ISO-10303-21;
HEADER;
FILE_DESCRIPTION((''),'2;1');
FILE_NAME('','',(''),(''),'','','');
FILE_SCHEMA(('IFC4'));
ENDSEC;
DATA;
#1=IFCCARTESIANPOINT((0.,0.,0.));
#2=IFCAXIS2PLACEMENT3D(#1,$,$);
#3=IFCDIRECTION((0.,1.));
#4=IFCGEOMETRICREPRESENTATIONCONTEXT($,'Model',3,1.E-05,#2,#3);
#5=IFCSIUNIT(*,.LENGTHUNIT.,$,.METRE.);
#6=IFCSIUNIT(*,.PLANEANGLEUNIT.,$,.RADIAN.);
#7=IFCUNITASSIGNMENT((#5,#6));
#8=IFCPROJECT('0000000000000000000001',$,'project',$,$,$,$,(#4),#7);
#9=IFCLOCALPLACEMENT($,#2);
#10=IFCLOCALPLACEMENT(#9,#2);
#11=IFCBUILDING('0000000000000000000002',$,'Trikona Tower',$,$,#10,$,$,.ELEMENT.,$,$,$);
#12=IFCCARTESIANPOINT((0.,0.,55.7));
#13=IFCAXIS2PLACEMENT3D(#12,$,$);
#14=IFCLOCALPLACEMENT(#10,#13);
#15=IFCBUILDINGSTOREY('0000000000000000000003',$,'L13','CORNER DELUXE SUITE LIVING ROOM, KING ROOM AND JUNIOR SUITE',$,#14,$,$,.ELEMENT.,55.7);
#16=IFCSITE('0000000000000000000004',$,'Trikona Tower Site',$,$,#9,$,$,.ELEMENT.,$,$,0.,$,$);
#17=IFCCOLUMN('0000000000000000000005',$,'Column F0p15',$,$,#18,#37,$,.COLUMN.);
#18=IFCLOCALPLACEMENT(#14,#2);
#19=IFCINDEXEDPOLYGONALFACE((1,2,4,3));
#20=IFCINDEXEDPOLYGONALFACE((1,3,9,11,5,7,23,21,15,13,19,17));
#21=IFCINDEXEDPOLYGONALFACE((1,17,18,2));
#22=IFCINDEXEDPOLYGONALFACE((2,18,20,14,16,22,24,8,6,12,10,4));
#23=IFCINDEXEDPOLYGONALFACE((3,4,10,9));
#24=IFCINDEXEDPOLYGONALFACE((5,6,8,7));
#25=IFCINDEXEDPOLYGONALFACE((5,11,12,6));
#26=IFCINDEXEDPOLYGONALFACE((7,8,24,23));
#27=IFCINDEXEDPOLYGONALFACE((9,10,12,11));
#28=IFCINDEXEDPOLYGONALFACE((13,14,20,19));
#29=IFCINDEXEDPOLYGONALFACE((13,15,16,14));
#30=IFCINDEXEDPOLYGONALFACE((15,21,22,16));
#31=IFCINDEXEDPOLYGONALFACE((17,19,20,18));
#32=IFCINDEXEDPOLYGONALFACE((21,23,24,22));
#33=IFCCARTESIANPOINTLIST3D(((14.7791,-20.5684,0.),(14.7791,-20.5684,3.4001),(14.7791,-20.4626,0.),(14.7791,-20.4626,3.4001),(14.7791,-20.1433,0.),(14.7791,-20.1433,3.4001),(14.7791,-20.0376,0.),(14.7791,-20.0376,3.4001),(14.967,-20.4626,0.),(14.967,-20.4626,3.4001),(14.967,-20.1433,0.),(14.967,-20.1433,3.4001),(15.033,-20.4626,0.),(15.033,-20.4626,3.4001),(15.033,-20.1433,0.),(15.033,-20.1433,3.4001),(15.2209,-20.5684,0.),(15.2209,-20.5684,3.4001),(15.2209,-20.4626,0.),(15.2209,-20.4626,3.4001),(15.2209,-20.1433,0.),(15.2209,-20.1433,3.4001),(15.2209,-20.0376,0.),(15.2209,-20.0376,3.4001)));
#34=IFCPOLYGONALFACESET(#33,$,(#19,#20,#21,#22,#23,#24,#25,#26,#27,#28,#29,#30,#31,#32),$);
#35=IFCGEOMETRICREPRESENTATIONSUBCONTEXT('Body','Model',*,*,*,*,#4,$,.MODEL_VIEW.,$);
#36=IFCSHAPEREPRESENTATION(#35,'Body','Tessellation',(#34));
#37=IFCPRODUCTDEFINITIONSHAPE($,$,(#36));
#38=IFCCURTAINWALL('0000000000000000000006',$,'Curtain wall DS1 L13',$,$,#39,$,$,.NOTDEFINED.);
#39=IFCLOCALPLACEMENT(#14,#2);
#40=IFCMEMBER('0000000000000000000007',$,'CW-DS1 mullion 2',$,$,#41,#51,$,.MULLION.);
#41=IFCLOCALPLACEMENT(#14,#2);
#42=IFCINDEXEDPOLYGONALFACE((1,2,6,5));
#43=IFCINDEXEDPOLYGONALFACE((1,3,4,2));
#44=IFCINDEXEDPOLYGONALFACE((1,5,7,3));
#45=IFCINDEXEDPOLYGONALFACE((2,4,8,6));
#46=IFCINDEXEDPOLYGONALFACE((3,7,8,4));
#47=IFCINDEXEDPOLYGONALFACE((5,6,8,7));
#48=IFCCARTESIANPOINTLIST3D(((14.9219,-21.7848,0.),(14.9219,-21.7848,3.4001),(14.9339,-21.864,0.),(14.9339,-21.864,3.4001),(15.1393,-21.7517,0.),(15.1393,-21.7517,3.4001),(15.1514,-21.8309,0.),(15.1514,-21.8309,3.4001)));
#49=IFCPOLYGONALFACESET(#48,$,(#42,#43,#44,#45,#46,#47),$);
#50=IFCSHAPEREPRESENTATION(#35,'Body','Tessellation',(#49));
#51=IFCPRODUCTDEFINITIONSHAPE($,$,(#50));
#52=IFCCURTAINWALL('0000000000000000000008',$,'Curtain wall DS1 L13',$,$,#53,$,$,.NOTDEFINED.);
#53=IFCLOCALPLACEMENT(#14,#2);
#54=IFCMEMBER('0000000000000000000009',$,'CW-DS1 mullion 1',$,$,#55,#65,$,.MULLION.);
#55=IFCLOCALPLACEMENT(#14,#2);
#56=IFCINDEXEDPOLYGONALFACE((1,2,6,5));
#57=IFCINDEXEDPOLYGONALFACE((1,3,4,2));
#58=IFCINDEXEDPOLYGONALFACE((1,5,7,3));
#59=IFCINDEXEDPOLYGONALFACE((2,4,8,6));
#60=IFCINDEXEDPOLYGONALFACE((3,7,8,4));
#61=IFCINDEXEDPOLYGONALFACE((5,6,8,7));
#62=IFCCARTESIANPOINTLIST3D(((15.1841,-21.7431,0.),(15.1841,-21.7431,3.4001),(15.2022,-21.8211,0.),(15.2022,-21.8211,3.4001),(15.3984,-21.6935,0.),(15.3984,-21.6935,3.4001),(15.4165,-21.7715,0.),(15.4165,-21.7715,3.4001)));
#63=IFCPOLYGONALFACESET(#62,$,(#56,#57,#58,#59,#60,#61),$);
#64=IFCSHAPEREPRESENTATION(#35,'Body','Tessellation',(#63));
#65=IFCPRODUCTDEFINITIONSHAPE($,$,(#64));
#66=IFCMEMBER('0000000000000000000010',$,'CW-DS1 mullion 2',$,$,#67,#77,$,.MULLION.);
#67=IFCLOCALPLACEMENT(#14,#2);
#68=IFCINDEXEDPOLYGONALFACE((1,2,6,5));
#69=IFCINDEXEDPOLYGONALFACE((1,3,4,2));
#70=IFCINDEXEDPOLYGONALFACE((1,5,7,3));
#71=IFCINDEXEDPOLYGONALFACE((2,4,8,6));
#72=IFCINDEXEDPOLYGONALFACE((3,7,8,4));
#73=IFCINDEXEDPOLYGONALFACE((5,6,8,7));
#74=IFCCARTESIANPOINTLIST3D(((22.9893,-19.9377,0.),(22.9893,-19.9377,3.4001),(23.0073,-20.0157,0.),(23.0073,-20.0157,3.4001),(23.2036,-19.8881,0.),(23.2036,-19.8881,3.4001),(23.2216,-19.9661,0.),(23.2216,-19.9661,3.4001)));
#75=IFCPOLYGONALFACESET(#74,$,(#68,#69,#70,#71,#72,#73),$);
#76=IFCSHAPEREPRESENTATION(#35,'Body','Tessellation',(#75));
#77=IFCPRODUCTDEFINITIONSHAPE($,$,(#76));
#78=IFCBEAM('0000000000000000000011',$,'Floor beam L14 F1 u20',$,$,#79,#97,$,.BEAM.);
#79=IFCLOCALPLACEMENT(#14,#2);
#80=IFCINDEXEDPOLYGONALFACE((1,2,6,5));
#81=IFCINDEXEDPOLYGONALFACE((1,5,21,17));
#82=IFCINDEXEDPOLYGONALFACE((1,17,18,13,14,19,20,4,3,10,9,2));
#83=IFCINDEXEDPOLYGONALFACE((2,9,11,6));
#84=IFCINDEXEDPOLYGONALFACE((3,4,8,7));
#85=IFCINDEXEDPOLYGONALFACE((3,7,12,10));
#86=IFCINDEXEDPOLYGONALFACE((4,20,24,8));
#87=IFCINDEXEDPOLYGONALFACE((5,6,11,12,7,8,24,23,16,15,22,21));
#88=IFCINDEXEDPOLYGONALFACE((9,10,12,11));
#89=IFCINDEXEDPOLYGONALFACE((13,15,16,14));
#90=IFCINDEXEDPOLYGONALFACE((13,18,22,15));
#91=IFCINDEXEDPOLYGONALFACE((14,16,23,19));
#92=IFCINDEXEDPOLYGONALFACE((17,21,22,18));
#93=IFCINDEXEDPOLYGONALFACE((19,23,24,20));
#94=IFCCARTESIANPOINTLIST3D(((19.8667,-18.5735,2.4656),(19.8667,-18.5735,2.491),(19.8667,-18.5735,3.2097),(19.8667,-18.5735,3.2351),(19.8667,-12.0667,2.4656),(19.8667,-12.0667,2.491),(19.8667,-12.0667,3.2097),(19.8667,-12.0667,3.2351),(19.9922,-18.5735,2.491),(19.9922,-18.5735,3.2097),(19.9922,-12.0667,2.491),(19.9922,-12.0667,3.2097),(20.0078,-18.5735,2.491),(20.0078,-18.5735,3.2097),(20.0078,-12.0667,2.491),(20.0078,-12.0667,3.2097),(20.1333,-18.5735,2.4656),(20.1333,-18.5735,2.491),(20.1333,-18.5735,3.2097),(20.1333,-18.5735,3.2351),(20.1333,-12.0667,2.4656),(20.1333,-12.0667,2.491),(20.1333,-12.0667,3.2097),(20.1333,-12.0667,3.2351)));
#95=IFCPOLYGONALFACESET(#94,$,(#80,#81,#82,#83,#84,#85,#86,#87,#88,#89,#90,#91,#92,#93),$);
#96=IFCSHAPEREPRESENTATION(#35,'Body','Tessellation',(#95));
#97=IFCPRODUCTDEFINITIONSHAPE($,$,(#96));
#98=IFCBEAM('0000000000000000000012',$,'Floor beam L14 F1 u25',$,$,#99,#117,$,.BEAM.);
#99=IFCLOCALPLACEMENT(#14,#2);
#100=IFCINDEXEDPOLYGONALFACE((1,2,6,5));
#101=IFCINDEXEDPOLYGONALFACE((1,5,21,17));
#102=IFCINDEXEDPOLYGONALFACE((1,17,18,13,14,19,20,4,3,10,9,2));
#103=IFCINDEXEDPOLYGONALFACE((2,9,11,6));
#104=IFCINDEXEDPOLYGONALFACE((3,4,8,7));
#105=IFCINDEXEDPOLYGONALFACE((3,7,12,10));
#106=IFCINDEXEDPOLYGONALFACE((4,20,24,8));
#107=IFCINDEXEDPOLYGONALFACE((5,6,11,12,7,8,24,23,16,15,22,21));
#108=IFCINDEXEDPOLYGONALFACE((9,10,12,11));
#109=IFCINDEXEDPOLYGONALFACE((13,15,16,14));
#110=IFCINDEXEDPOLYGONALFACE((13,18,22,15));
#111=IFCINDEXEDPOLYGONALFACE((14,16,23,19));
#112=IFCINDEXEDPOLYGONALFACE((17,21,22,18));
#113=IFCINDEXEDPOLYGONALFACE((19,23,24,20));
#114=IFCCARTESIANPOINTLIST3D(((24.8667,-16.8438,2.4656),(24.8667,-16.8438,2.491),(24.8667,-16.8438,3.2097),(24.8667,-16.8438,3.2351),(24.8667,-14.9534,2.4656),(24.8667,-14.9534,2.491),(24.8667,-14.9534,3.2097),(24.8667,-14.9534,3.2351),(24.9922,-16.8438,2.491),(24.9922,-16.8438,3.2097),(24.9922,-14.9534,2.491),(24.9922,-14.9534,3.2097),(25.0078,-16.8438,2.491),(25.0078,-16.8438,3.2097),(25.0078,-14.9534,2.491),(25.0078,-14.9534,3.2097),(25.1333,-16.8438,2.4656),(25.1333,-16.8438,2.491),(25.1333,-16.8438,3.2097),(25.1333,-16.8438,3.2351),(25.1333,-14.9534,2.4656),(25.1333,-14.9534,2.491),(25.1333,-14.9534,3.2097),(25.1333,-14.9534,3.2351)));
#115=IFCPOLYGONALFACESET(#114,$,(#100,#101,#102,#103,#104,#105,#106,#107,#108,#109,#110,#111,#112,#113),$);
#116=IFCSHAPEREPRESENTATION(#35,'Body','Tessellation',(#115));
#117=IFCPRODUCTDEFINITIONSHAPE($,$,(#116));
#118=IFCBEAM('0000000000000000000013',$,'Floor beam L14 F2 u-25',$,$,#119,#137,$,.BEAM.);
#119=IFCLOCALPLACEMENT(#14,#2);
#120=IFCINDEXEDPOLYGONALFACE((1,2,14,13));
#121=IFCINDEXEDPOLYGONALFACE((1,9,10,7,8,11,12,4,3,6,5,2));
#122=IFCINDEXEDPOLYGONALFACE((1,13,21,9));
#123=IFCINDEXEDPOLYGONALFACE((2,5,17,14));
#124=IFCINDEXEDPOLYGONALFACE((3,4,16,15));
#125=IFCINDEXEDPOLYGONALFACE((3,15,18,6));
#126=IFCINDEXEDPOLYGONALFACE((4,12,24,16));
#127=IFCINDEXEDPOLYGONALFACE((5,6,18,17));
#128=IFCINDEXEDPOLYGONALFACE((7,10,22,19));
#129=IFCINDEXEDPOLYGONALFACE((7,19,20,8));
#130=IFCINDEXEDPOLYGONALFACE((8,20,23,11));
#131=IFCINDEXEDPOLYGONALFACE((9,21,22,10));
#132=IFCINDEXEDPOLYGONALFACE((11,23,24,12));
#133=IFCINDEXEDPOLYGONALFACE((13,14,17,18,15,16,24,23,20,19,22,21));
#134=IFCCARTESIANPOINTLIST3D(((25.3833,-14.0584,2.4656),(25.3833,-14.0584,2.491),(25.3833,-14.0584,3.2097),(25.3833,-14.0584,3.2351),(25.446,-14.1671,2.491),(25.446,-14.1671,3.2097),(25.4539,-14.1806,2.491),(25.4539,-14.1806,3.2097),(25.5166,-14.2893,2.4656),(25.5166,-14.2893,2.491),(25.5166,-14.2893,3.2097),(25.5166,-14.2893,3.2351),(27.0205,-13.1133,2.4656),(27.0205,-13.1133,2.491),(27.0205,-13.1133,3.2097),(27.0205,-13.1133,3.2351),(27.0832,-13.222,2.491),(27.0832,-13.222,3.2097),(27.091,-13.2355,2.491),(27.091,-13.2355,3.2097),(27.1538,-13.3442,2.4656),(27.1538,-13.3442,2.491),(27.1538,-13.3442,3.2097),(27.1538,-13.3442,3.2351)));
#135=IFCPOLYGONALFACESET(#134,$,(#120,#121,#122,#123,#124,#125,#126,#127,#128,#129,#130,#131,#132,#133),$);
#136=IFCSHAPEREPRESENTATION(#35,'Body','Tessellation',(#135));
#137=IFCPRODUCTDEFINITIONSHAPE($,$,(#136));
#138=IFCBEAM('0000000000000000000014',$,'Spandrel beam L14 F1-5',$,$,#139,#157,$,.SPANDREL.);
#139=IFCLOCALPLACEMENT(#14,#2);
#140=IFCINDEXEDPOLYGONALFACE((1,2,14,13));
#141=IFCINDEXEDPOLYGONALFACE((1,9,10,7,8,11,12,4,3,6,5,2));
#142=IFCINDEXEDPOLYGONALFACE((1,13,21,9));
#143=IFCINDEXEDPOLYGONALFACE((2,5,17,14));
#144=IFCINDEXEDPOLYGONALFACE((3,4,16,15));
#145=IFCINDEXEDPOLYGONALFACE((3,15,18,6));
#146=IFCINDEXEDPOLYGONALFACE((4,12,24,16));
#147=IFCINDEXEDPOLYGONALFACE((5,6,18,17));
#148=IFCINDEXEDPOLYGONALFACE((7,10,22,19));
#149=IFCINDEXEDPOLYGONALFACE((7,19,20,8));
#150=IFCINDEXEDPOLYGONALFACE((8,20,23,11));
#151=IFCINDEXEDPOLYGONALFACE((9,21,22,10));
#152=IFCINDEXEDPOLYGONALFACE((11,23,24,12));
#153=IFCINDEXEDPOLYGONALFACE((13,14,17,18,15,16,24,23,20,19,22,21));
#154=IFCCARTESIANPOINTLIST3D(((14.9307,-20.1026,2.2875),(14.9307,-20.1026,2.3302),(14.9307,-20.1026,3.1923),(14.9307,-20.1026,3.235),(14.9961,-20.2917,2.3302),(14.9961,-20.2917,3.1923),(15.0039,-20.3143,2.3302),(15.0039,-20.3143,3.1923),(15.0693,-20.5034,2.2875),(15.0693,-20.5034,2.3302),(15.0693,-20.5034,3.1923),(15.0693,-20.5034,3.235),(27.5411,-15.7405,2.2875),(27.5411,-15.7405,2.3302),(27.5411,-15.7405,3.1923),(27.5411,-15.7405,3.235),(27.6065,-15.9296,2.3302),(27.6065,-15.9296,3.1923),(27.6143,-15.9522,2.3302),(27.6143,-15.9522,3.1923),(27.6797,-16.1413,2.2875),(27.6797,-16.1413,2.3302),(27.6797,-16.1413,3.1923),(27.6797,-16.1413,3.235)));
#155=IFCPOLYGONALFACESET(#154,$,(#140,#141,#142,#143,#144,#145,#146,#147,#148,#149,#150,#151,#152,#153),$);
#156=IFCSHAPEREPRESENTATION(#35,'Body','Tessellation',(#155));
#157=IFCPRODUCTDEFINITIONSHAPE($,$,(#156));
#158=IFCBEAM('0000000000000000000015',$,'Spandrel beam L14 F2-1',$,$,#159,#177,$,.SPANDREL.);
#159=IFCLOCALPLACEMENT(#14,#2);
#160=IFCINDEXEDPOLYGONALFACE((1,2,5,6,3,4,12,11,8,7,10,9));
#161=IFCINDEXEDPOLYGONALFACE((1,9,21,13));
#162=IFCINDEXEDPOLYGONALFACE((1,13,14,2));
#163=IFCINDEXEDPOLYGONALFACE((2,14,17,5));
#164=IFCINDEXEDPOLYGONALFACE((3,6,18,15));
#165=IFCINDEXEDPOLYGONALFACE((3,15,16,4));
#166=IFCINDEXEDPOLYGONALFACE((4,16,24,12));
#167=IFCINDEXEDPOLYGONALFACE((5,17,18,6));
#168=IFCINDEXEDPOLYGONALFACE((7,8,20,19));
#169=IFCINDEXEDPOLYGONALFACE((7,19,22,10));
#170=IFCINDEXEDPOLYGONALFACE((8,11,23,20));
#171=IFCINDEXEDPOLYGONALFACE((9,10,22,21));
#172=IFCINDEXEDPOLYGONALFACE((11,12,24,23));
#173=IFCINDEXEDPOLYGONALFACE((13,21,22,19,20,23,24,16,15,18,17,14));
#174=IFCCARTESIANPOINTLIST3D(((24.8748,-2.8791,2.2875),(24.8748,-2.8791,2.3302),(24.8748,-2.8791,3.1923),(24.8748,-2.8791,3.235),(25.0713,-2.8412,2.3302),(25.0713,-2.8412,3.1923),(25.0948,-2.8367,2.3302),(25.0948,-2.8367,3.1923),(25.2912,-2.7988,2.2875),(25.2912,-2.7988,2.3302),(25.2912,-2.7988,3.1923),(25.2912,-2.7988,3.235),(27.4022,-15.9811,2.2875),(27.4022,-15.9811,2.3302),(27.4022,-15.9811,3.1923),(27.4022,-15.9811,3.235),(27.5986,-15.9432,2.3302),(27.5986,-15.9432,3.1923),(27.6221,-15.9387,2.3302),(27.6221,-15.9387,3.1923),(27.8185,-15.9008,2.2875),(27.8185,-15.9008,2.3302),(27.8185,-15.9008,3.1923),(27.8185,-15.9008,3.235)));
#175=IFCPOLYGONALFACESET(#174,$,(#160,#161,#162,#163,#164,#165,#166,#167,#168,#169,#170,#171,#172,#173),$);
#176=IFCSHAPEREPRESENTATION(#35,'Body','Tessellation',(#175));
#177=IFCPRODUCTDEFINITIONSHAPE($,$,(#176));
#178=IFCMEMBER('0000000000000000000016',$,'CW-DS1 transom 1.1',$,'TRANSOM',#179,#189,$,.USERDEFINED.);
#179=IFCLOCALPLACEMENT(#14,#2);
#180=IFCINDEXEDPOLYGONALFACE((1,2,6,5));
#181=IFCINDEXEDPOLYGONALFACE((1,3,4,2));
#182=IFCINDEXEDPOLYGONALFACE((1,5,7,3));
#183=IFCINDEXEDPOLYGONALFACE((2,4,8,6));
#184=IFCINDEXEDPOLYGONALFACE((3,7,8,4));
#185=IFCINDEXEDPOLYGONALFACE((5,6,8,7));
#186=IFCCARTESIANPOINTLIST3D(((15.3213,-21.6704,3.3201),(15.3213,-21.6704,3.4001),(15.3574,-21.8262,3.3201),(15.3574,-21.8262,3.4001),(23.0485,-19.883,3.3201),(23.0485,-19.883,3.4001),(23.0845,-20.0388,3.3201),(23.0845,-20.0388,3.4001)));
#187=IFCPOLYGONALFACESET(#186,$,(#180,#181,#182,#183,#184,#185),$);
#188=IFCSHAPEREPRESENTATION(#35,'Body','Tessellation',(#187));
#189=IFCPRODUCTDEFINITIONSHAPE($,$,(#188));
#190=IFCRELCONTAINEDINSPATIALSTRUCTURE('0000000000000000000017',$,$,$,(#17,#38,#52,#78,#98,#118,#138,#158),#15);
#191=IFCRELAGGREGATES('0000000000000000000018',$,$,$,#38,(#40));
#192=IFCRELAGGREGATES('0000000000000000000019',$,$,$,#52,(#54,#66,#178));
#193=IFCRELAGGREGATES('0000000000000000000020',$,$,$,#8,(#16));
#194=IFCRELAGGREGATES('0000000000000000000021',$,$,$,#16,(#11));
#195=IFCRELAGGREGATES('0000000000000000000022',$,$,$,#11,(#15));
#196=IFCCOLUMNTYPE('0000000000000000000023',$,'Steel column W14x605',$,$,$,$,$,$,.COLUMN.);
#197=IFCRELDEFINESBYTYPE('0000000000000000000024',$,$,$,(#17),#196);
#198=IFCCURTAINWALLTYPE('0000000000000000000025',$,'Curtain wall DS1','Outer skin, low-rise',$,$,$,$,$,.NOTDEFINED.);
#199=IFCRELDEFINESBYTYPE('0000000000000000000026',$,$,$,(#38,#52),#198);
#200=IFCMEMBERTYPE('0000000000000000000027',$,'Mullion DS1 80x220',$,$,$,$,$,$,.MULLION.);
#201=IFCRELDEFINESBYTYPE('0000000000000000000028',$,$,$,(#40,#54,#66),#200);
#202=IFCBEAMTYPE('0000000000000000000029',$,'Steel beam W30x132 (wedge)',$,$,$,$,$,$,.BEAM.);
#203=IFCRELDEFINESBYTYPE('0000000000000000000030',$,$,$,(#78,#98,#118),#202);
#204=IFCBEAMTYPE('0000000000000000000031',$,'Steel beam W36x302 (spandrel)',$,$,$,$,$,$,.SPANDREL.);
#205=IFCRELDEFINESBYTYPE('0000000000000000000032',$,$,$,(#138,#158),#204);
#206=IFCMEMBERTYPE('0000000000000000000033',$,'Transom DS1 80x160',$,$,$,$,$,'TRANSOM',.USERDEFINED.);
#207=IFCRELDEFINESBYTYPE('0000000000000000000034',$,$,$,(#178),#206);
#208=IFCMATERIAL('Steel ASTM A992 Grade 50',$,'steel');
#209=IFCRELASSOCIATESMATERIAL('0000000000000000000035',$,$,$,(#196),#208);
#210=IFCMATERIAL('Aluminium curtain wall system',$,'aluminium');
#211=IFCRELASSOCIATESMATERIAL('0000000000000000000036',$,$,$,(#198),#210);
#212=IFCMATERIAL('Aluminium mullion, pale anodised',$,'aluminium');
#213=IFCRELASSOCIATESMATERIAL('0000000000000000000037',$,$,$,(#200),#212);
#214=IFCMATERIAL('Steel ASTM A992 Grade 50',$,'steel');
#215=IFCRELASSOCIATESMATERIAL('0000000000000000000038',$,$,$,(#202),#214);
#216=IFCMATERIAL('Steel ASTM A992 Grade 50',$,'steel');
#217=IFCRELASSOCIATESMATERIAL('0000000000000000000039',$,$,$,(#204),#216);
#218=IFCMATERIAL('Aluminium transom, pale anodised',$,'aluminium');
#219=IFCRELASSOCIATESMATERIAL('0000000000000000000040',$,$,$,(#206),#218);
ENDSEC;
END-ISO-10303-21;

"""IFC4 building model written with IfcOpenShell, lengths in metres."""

from ifc_helpers import new_model, si_unit, direction, frame, origin, origin_2d, place, context, subcontext, project, spatial, rectangle, i_section, extrude, material, material_profile, profile_set, type_object, element, aggregate, save


model = new_model("IFC4")

# Units and contexts
model_context = context("Model", 3, precision=1e-05, world=origin(), true_north=direction((0.0, 1.0)))
body_context = subcontext(model_context, "Body", "Model", "MODEL_VIEW")
ifc_project = project(units=[si_unit("LENGTHUNIT", "METRE"), si_unit("PLANEANGLEUNIT", "RADIAN")], contexts=[model_context])

# Site, building, storey
site_placement = place(None, origin())
site = spatial("IfcSite", under=ifc_project, at=site_placement, Name="Trikona Tower Site", CompositionType="ELEMENT", RefElevation=0.0)
building_placement = place(site_placement, origin())
building = spatial("IfcBuilding", under=site, at=building_placement, Name="Trikona Tower", CompositionType="ELEMENT")
storey_placement = place(building_placement, frame((0.0, 0.0, 55.7)))
storey = spatial("IfcBuildingStorey", under=building, at=storey_placement, Name="L13", Description="CORNER DELUXE SUITE LIVING ROOM, KING ROOM AND JUNIOR SUITE", CompositionType="ELEMENT", Elevation=55.7)

# Column
ifc_material_1 = material(Name="Steel ASTM A992 Grade 50", Category="steel")
ifc_material_profile_1 = material_profile(ifc_material_1, i_section(OverallWidth=0.4419, OverallDepth=0.5308, WebThickness=0.0659, FlangeThickness=0.1057, at=origin_2d()), Name="W14X605")
ifc_profile_set_1 = profile_set([ifc_material_profile_1], Name="Steel ASTM A992 Grade 50")
column_type = type_object("IfcColumnType", Name="Steel column W14x605", PredefinedType="COLUMN", material=ifc_profile_set_1)
column_placement = place(storey_placement, frame((15.0, -20.303, 0.0), z_axis=(0.0, 0.0, 1.0), x_axis=(1.0, 0.0, 0.0)))
element("IfcColumn", 1, at=column_placement, inside=storey, type_object=column_type, Name="Column F0p15", PredefinedType="COLUMN", context=body_context, shape_type="SweptSolid", body=[
    extrude(i_section(OverallWidth=0.4419, OverallDepth=0.5308, WebThickness=0.0659, FlangeThickness=0.1057, at=origin_2d()), origin(), (0.0, 0.0, 1.0), 3.4001),
])

# Curtain wall, member
ifc_material_2 = material(Name="Aluminium curtain wall system", Category="aluminium")
curtain_wall_type = type_object("IfcCurtainWallType", Name="Curtain wall DS1", Description="Outer skin, low-rise", PredefinedType="NOTDEFINED", material=ifc_material_2)
curtain_wall_1_placement = place(storey_placement, origin())
curtain_wall_1 = element("IfcCurtainWall", 2, at=curtain_wall_1_placement, inside=storey, type_object=curtain_wall_type, Name="Curtain wall DS1 L13", PredefinedType="NOTDEFINED")
ifc_material_3 = material(Name="Aluminium mullion, pale anodised", Category="aluminium")
ifc_material_profile_2 = material_profile(ifc_material_3, rectangle(XDim=0.0801, YDim=0.22, at=origin_2d()), Name="MUL-DS1")
ifc_profile_set_2 = profile_set([ifc_material_profile_2], Name="Aluminium mullion, pale anodised")
member_type_1 = type_object("IfcMemberType", Name="Mullion DS1 80x220", PredefinedType="MULLION", material=ifc_profile_set_2)
member_1_placement = place(storey_placement, frame((15.0366, -21.8079, 0.0), z_axis=(0.0, 0.0, 1.0), x_axis=(-0.150438, 0.988619, 0.0)))
member_1 = element("IfcMember", 3, at=member_1_placement, type_object=member_type_1, Name="CW-DS1 mullion 2", PredefinedType="MULLION", context=body_context, shape_type="SweptSolid", body=[
    extrude(rectangle(XDim=0.0801, YDim=0.22, at=origin_2d()), origin(), (0.0, 0.0, 1.0), 3.4001),
])
aggregate(curtain_wall_1, [member_1])

# Curtain wall, members
curtain_wall_2_placement = place(storey_placement, origin())
curtain_wall_2 = element("IfcCurtainWall", 4, at=curtain_wall_2_placement, inside=storey, type_object=curtain_wall_type, Name="Curtain wall DS1 L13", PredefinedType="NOTDEFINED")
member_2_placement = place(storey_placement, frame((15.3003, -21.7573, 0.0), z_axis=(0.0, 0.0, 1.0), x_axis=(-0.225343, 0.974279, 0.0)))
member_2 = element("IfcMember", 5, at=member_2_placement, type_object=member_type_1, Name="CW-DS1 mullion 1", PredefinedType="MULLION", context=body_context, shape_type="SweptSolid", body=[
    extrude(rectangle(XDim=0.0801, YDim=0.22, at=origin_2d()), origin(), (0.0, 0.0, 1.0), 3.4001),
])
member_3_placement = place(storey_placement, frame((23.1055, -19.9519, 0.0), z_axis=(0.0, 0.0, 1.0), x_axis=(-0.225343, 0.974279, 0.0)))
member_3 = element("IfcMember", 6, at=member_3_placement, type_object=member_type_1, Name="CW-DS1 mullion 2", PredefinedType="MULLION", context=body_context, shape_type="SweptSolid", body=[
    extrude(rectangle(XDim=0.0801, YDim=0.22, at=origin_2d()), origin(), (0.0, 0.0, 1.0), 3.4001),
])

# Beams
ifc_material_4 = material(Name="Steel ASTM A992 Grade 50", Category="steel")
ifc_material_profile_3 = material_profile(ifc_material_4, i_section(OverallWidth=0.2666, OverallDepth=0.7695, WebThickness=0.0156, FlangeThickness=0.0254, at=origin_2d()), Name="W30X132")
ifc_profile_set_3 = profile_set([ifc_material_profile_3], Name="Steel ASTM A992 Grade 50")
beam_type_1 = type_object("IfcBeamType", Name="Steel beam W30x132 (wedge)", PredefinedType="BEAM", material=ifc_profile_set_3)
beam_placement = place(storey_placement, frame((20.0, -12.0667, 2.8503), z_axis=(0.0, -1.0, 0.0), x_axis=(1.0, 0.0, 0.0)))
element("IfcBeam", 7, at=beam_placement, inside=storey, type_object=beam_type_1, Name="Floor beam L14 F1 u20", PredefinedType="BEAM", context=body_context, shape_type="SweptSolid", body=[
    extrude(i_section(OverallWidth=0.2666, OverallDepth=0.7695, WebThickness=0.0156, FlangeThickness=0.0254, at=origin_2d()), origin(), (0.0, 0.0, 1.0), 6.5068),
])
for number, where, z_axis, x_axis, name in (
    (8, (25.0, -14.9534, 2.8503), (0.0, -1.0, 0.0), (1.0, 0.0, 0.0), "Floor beam L14 F1 u25"),
    (9, (25.45, -14.1738, 2.8503), (0.866065, 0.499931, 0.0), (-0.499931, 0.866065, 0.0), "Floor beam L14 F2 u-25"),
):
    element("IfcBeam", number, at=place(storey_placement, frame(where, z_axis=z_axis, x_axis=x_axis)), inside=storey, type_object=beam_type_1, Name=name, PredefinedType="BEAM", context=body_context, shape_type="SweptSolid", body=[
        extrude(i_section(OverallWidth=0.2666, OverallDepth=0.7695, WebThickness=0.0156, FlangeThickness=0.0254, at=origin_2d()), origin(), (0.0, 0.0, 1.0), 1.8904),
    ])
ifc_material_5 = material(Name="Steel ASTM A992 Grade 50", Category="steel")
ifc_material_profile_4 = material_profile(ifc_material_5, i_section(OverallWidth=0.4241, OverallDepth=0.9475, WebThickness=0.0239, FlangeThickness=0.0427, at=origin_2d()), Name="W36X302")
ifc_profile_set_4 = profile_set([ifc_material_profile_4], Name="Steel ASTM A992 Grade 50")
beam_type_2 = type_object("IfcBeamType", Name="Steel beam W36x302 (spandrel)", PredefinedType="SPANDREL", material=ifc_profile_set_4)
for number, where, z_axis, x_axis, name in (
    (10, (15.0, -20.303, 2.7612), (0.945057, 0.326906, 0.0), (-0.326906, 0.945057, 0.0), "Spandrel beam L14 F1-5"),
    (11, (27.6104, -15.9409, 2.7612), (-0.189405, 0.981899, 0.0), (-0.981899, -0.189405, 0.0), "Spandrel beam L14 F2-1"),
):
    element("IfcBeam", number, at=place(storey_placement, frame(where, z_axis=z_axis, x_axis=x_axis)), inside=storey, type_object=beam_type_2, Name=name, PredefinedType="SPANDREL", context=body_context, shape_type="SweptSolid", body=[
        extrude(i_section(OverallWidth=0.4241, OverallDepth=0.9475, WebThickness=0.0239, FlangeThickness=0.0427, at=origin_2d()), origin(), (0.0, 0.0, 1.0), 13.3435),
    ])

# Member
ifc_material_6 = material(Name="Aluminium transom, pale anodised", Category="aluminium")
ifc_material_profile_5 = material_profile(ifc_material_6, rectangle(XDim=0.1599, YDim=0.0801, at=origin_2d()), Name="TRN-DS1")
ifc_profile_set_5 = profile_set([ifc_material_profile_5], Name="Aluminium transom, pale anodised")
member_type_2 = type_object("IfcMemberType", Name="Transom DS1 80x160", ElementType="TRANSOM", PredefinedType="USERDEFINED", material=ifc_profile_set_5)
member_4_placement = place(storey_placement, frame((15.3394, -21.7483, 3.3601), z_axis=(0.974275, 0.225361, 0.0), x_axis=(-0.225361, 0.974275, 0.0)))
member_4 = element("IfcMember", 12, at=member_4_placement, type_object=member_type_2, Name="CW-DS1 transom 1.1", ObjectType="TRANSOM", PredefinedType="USERDEFINED", context=body_context, shape_type="SweptSolid", body=[
    extrude(rectangle(XDim=0.1599, YDim=0.0801, at=origin_2d()), origin(), (0.0, 0.0, 1.0), 7.9312),
])

aggregate(curtain_wall_2, [member_2, member_3, member_4])

save(model, "model.ifc")
